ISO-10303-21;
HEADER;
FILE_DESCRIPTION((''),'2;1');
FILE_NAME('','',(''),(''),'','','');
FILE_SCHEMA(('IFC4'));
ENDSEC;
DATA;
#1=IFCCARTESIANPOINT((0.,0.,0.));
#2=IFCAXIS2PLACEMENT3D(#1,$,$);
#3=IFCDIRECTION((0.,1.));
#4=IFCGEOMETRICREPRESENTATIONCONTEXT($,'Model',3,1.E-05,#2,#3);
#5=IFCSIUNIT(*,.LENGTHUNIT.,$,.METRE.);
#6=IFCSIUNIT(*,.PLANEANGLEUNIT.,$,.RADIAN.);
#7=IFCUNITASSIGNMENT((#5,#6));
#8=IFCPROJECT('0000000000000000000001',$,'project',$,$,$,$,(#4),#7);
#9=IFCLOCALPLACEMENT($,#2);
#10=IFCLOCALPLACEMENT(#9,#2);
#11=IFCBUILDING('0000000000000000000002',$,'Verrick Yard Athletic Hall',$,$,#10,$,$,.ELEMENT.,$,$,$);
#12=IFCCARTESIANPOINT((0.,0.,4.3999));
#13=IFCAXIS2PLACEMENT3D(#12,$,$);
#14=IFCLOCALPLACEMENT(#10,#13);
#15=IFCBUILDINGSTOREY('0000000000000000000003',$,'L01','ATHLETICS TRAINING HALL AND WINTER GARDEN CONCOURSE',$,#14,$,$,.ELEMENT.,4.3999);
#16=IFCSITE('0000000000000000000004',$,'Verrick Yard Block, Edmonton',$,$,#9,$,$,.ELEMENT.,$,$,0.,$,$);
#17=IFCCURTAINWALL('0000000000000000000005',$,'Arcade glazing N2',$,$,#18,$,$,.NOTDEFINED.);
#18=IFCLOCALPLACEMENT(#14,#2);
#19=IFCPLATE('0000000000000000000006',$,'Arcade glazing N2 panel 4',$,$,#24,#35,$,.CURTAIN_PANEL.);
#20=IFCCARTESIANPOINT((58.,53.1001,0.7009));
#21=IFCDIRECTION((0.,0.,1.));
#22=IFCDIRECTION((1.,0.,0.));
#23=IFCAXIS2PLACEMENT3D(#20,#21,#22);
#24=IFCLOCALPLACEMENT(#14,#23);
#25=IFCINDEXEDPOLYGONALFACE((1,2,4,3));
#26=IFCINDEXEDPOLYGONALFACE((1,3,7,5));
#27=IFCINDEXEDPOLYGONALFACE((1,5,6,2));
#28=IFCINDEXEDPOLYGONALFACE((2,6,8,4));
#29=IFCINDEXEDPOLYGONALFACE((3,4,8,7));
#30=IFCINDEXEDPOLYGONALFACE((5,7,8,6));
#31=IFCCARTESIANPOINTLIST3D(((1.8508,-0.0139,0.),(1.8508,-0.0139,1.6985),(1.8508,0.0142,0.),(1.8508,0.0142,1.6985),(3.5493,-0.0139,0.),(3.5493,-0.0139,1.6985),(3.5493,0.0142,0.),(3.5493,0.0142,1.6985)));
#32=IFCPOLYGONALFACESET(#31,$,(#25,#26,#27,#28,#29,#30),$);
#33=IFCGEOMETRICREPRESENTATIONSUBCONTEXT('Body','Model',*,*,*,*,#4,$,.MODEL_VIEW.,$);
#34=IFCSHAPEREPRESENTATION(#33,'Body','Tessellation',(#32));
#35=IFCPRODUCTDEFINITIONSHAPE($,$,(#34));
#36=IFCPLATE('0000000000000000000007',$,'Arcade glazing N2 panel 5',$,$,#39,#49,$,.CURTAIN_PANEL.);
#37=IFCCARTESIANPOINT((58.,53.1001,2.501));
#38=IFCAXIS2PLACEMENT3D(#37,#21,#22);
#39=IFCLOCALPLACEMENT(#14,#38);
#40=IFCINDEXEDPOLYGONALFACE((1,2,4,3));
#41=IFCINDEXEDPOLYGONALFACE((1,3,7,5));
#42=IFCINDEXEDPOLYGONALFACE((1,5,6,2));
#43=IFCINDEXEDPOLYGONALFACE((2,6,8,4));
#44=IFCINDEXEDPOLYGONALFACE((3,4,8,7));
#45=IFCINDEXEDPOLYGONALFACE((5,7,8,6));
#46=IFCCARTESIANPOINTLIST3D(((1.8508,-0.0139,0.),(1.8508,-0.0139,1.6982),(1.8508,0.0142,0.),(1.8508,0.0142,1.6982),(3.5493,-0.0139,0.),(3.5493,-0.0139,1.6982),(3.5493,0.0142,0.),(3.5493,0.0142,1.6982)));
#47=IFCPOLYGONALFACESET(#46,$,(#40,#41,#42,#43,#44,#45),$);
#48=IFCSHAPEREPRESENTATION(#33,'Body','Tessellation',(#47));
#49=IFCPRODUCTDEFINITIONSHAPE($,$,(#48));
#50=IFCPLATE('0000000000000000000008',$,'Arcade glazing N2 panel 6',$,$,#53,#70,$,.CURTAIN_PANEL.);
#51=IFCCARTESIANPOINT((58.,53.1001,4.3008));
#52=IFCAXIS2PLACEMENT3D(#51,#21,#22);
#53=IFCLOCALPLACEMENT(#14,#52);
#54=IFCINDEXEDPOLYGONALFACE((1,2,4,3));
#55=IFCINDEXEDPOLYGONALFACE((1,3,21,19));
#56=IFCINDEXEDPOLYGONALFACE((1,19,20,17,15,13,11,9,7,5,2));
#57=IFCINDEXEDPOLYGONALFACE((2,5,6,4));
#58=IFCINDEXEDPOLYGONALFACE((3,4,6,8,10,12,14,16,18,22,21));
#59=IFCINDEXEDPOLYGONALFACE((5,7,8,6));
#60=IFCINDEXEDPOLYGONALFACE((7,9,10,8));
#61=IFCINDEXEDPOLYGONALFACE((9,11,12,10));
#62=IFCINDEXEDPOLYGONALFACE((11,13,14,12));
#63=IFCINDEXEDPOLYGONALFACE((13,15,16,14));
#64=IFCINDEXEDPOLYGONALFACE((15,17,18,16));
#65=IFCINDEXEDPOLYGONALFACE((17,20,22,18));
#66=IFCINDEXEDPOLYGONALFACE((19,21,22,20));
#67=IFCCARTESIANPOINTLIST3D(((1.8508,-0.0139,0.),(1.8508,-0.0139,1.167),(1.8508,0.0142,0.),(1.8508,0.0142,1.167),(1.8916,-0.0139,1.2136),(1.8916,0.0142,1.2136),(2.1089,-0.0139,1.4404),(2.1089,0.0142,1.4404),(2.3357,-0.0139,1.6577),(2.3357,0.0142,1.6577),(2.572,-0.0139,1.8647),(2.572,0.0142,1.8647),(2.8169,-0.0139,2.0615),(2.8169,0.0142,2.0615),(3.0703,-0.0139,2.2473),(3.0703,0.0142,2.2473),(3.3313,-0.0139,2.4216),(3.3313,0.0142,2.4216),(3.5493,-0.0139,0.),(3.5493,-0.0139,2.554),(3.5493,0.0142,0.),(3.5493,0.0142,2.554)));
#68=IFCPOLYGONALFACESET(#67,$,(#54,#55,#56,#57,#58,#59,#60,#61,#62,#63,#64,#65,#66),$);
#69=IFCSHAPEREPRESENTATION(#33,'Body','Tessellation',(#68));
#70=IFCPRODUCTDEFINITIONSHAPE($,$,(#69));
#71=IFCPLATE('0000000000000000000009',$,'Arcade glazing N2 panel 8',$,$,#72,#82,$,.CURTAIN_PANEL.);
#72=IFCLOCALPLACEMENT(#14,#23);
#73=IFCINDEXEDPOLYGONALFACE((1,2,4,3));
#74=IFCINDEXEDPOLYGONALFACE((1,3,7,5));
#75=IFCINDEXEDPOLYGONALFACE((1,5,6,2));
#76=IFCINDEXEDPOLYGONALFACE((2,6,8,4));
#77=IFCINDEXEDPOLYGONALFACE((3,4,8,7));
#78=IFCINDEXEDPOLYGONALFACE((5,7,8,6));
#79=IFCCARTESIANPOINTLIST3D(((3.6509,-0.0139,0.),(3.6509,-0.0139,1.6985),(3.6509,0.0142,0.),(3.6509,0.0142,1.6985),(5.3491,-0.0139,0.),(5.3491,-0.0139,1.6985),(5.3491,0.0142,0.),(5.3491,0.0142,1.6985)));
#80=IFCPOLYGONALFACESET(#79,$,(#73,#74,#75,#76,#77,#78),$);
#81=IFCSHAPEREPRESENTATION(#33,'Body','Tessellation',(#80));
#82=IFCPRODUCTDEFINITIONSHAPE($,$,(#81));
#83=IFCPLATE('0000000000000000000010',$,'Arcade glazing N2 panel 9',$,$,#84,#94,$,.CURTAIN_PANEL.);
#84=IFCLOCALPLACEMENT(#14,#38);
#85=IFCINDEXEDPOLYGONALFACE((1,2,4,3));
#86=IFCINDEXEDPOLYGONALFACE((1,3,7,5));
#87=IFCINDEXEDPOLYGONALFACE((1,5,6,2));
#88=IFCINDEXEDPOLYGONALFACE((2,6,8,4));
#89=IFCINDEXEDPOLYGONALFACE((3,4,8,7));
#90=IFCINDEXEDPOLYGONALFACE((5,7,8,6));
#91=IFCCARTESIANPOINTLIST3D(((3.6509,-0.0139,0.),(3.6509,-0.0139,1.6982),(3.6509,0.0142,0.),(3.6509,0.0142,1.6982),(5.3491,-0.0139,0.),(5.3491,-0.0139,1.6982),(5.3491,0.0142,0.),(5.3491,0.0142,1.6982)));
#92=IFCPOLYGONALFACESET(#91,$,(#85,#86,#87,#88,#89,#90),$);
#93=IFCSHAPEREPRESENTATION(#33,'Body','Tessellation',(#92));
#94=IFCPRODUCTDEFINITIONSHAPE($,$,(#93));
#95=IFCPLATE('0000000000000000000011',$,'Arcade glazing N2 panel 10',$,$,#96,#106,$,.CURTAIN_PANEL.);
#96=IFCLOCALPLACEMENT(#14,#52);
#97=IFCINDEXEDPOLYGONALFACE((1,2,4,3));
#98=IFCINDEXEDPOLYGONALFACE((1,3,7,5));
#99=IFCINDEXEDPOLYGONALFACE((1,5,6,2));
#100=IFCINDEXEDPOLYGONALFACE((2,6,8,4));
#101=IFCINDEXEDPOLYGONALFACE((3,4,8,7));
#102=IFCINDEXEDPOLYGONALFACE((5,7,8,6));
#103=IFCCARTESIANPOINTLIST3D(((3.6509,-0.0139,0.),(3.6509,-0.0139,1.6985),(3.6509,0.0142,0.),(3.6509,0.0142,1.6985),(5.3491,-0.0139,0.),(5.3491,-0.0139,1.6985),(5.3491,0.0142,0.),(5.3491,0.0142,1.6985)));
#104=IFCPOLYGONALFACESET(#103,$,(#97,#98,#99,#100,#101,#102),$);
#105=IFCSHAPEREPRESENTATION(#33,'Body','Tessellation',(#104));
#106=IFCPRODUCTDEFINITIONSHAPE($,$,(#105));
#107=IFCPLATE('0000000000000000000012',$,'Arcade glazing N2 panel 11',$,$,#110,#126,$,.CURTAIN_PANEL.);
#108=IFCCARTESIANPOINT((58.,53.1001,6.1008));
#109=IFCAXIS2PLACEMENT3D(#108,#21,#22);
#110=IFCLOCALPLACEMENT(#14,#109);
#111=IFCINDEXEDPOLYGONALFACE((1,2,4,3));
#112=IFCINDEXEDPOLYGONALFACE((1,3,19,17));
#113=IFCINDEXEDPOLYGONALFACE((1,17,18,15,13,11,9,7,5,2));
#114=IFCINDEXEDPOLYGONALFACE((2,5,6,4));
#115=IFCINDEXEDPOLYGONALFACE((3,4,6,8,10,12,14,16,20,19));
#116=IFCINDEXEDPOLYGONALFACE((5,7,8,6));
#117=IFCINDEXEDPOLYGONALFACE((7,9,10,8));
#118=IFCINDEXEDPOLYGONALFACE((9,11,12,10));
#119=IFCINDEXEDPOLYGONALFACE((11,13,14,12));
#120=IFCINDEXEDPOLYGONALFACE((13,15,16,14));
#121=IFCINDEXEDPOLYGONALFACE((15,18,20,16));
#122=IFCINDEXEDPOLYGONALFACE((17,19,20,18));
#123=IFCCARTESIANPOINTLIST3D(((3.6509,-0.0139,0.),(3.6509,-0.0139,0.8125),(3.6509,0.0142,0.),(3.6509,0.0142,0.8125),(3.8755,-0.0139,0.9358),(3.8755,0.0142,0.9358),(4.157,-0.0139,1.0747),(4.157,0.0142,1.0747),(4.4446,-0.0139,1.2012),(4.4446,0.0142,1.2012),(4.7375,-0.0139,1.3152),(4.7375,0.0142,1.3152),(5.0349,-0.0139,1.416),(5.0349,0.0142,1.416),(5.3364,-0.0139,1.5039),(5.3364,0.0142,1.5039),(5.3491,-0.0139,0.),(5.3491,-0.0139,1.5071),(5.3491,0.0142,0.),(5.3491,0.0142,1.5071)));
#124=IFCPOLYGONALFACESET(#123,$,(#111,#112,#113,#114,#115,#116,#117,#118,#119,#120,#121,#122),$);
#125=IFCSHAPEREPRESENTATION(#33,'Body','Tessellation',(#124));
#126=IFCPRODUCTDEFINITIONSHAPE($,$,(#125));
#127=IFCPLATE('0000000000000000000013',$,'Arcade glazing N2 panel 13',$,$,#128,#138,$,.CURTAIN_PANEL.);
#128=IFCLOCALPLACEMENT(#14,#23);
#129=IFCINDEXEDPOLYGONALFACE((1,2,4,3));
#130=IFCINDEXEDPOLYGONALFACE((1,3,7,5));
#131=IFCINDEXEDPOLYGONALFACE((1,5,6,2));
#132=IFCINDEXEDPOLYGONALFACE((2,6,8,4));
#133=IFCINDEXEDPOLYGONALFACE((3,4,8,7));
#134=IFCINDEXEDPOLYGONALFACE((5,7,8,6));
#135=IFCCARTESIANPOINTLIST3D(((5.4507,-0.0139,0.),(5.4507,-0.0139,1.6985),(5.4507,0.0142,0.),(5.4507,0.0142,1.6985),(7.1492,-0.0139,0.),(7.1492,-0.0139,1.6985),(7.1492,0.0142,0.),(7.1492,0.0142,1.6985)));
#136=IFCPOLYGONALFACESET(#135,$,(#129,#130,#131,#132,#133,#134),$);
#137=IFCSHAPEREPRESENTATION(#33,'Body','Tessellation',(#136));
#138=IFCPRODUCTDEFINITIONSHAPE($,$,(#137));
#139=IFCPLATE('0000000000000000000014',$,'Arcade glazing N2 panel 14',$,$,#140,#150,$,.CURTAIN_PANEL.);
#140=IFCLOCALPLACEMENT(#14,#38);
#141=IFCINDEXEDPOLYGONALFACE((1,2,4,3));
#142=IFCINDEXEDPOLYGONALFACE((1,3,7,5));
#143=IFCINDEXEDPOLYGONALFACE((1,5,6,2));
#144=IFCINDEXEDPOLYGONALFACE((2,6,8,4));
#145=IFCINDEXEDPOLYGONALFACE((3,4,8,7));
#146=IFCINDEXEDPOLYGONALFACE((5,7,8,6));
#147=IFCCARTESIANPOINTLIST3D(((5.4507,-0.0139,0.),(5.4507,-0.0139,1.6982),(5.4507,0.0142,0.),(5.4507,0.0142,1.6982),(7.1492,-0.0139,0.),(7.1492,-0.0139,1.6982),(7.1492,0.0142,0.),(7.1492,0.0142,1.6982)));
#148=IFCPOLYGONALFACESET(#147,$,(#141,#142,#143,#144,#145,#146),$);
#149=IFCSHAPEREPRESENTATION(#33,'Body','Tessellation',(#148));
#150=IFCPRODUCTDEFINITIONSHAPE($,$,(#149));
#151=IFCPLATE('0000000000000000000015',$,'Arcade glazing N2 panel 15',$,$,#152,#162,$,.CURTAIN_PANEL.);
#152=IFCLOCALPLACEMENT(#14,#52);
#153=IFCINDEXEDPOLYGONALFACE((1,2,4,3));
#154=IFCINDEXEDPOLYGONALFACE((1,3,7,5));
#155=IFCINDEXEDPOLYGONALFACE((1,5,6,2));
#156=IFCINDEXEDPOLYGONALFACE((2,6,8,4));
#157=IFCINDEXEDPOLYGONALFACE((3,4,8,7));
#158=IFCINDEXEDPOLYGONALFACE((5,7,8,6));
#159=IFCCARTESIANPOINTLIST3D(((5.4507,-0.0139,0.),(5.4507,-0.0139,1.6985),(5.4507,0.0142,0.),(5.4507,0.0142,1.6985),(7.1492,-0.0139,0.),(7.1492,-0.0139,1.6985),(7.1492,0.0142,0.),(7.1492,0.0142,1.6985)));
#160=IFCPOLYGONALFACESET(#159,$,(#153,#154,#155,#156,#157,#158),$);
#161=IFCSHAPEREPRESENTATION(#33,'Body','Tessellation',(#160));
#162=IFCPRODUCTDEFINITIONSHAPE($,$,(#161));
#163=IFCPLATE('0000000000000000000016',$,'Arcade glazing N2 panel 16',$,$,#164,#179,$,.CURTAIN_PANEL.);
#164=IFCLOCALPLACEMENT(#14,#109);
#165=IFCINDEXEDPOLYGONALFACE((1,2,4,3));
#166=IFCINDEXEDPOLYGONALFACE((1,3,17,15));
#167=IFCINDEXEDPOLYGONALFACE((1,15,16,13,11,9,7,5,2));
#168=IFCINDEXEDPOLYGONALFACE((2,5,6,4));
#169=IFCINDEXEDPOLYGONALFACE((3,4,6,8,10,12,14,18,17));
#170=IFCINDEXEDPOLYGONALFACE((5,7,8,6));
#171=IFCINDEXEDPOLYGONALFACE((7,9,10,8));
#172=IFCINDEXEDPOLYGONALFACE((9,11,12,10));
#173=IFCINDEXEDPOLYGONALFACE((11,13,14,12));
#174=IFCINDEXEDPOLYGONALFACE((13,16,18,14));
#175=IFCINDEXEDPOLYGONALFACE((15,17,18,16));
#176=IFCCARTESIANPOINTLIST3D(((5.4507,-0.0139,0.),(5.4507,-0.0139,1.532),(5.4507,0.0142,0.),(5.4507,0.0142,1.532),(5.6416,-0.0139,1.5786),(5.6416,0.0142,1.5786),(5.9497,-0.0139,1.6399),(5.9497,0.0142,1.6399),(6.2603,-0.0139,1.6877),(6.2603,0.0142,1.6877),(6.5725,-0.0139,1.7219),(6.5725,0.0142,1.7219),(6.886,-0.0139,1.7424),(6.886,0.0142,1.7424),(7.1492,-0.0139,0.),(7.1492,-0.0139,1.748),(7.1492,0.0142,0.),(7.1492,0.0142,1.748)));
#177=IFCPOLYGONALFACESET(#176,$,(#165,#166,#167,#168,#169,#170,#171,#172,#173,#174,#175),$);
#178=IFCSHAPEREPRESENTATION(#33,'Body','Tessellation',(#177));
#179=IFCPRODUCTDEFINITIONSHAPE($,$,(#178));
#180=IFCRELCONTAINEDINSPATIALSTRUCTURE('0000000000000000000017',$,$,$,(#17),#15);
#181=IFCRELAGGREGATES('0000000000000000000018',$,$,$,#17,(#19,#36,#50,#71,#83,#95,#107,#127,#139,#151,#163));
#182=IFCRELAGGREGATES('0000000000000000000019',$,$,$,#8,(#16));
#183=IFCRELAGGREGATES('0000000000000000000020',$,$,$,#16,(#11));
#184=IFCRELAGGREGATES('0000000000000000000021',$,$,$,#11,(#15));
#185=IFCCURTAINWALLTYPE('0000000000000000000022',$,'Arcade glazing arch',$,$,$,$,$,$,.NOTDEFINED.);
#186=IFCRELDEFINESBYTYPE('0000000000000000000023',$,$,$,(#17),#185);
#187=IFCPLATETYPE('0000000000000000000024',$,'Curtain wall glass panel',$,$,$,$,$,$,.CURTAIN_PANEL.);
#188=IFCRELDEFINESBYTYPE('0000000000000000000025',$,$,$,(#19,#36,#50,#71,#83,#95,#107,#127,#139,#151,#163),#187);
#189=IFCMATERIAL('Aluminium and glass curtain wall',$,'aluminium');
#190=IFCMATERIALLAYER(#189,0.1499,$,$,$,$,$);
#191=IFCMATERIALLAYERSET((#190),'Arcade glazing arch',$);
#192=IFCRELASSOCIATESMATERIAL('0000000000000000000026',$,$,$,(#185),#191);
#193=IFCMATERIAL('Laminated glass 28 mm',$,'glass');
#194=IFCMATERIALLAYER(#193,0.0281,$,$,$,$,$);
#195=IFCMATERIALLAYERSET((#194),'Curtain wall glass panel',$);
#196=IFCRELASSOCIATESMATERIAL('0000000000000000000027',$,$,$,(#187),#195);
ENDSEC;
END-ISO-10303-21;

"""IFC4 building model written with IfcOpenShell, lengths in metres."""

from ifc_helpers import new_model, si_unit, direction, frame, origin, place, context, subcontext, project, spatial, polyline, outline, extrude, material, layer, layer_set, type_object, element, aggregate, save


model = new_model("IFC4")

# Units and contexts
model_context = context("Model", 3, precision=1e-05, world=origin(), true_north=direction((0.0, 1.0)))
body_context = subcontext(model_context, "Body", "Model", "MODEL_VIEW")
ifc_project = project(units=[si_unit("LENGTHUNIT", "METRE"), si_unit("PLANEANGLEUNIT", "RADIAN")], contexts=[model_context])

# Site, building, storey
site_placement = place(None, origin())
site = spatial("IfcSite", under=ifc_project, at=site_placement, Name="Verrick Yard Block, Edmonton", CompositionType="ELEMENT", RefElevation=0.0)
building_placement = place(site_placement, origin())
building = spatial("IfcBuilding", under=site, at=building_placement, Name="Verrick Yard Athletic Hall", CompositionType="ELEMENT")
storey_placement = place(building_placement, frame((0.0, 0.0, 4.3999)))
storey = spatial("IfcBuildingStorey", under=building, at=storey_placement, Name="L01", Description="ATHLETICS TRAINING HALL AND WINTER GARDEN CONCOURSE", CompositionType="ELEMENT", Elevation=4.3999)

# Curtain wall, plates
ifc_material_1 = material(Name="Aluminium and glass curtain wall", Category="aluminium")
ifc_layer_1 = layer(ifc_material_1, 0.1499)
ifc_layer_set_1 = layer_set([ifc_layer_1], Name="Arcade glazing arch")
curtain_wall_type = type_object("IfcCurtainWallType", Name="Arcade glazing arch", PredefinedType="NOTDEFINED", material=ifc_layer_set_1)
curtain_wall_placement = place(storey_placement, origin())
curtain_wall = element("IfcCurtainWall", 1, at=curtain_wall_placement, inside=storey, type_object=curtain_wall_type, Name="Arcade glazing N2", PredefinedType="NOTDEFINED")
ifc_material_2 = material(Name="Laminated glass 28 mm", Category="glass")
ifc_layer_2 = layer(ifc_material_2, 0.0281)
ifc_layer_set_2 = layer_set([ifc_layer_2], Name="Curtain wall glass panel")
plate_type = type_object("IfcPlateType", Name="Curtain wall glass panel", PredefinedType="CURTAIN_PANEL", material=ifc_layer_set_2)
plate_1_placement = place(storey_placement, frame((58.0, 53.1001, 0.7009), z_axis=(0.0, 0.0, 1.0), x_axis=(1.0, 0.0, 0.0)))
plate_1 = element("IfcPlate", 2, at=plate_1_placement, type_object=plate_type, Name="Arcade glazing N2 panel 4", PredefinedType="CURTAIN_PANEL", context=body_context, shape_type="SweptSolid", body=[
    extrude(outline(polyline([(3.5493, 0.0), (3.5493, 1.6985), (1.8508, 1.6985), (1.8508, 0.0), (3.5493, 0.0)])), frame((0.0, 0.0142, 0.0), z_axis=(0.0, -1.0, 0.0), x_axis=(1.0, 0.0, 0.0)), (0.0, 0.0, 1.0), 0.0281),
])
plate_2_placement = place(storey_placement, frame((58.0, 53.1001, 2.501), z_axis=(0.0, 0.0, 1.0), x_axis=(1.0, 0.0, 0.0)))
plate_2 = element("IfcPlate", 3, at=plate_2_placement, type_object=plate_type, Name="Arcade glazing N2 panel 5", PredefinedType="CURTAIN_PANEL", context=body_context, shape_type="SweptSolid", body=[
    extrude(outline(polyline([(3.5493, 0.0), (3.5493, 1.6982), (1.8508, 1.6982), (1.8508, 0.0), (3.5493, 0.0)])), frame((0.0, 0.0142, 0.0), z_axis=(0.0, -1.0, 0.0), x_axis=(1.0, 0.0, 0.0)), (0.0, 0.0, 1.0), 0.0281),
])
plate_3_placement = place(storey_placement, frame((58.0, 53.1001, 4.3008), z_axis=(0.0, 0.0, 1.0), x_axis=(1.0, 0.0, 0.0)))
plate_3 = element("IfcPlate", 4, at=plate_3_placement, type_object=plate_type, Name="Arcade glazing N2 panel 6", PredefinedType="CURTAIN_PANEL", context=body_context, shape_type="SweptSolid", body=[
    extrude(outline(polyline([(3.5493, 2.554), (3.3313, 2.4216), (3.0703, 2.2473), (2.8169, 2.0615), (2.572, 1.8647), (2.3357, 1.6577), (2.1089, 1.4404), (1.8916, 1.2136), (1.8508, 1.167), (1.8508, 0.0), (3.5493, 0.0), (3.5493, 2.554)])), frame((0.0, 0.0142, 0.0), z_axis=(0.0, -1.0, 0.0), x_axis=(1.0, 0.0, 0.0)), (0.0, 0.0, 1.0), 0.0281),
])
plate_4_placement = place(storey_placement, frame((58.0, 53.1001, 0.7009), z_axis=(0.0, 0.0, 1.0), x_axis=(1.0, 0.0, 0.0)))
plate_4 = element("IfcPlate", 5, at=plate_4_placement, type_object=plate_type, Name="Arcade glazing N2 panel 8", PredefinedType="CURTAIN_PANEL", context=body_context, shape_type="SweptSolid", body=[
    extrude(outline(polyline([(5.3491, 0.0), (5.3491, 1.6985), (3.6509, 1.6985), (3.6509, 0.0), (5.3491, 0.0)])), frame((0.0, 0.0142, 0.0), z_axis=(0.0, -1.0, 0.0), x_axis=(1.0, 0.0, 0.0)), (0.0, 0.0, 1.0), 0.0281),
])
plate_5_placement = place(storey_placement, frame((58.0, 53.1001, 2.501), z_axis=(0.0, 0.0, 1.0), x_axis=(1.0, 0.0, 0.0)))
plate_5 = element("IfcPlate", 6, at=plate_5_placement, type_object=plate_type, Name="Arcade glazing N2 panel 9", PredefinedType="CURTAIN_PANEL", context=body_context, shape_type="SweptSolid", body=[
    extrude(outline(polyline([(5.3491, 0.0), (5.3491, 1.6982), (3.6509, 1.6982), (3.6509, 0.0), (5.3491, 0.0)])), frame((0.0, 0.0142, 0.0), z_axis=(0.0, -1.0, 0.0), x_axis=(1.0, 0.0, 0.0)), (0.0, 0.0, 1.0), 0.0281),
])
plate_6_placement = place(storey_placement, frame((58.0, 53.1001, 4.3008), z_axis=(0.0, 0.0, 1.0), x_axis=(1.0, 0.0, 0.0)))
plate_6 = element("IfcPlate", 7, at=plate_6_placement, type_object=plate_type, Name="Arcade glazing N2 panel 10", PredefinedType="CURTAIN_PANEL", context=body_context, shape_type="SweptSolid", body=[
    extrude(outline(polyline([(5.3491, 0.0), (5.3491, 1.6985), (3.6509, 1.6985), (3.6509, 0.0), (5.3491, 0.0)])), frame((0.0, 0.0142, 0.0), z_axis=(0.0, -1.0, 0.0), x_axis=(1.0, 0.0, 0.0)), (0.0, 0.0, 1.0), 0.0281),
])
plate_7_placement = place(storey_placement, frame((58.0, 53.1001, 6.1008), z_axis=(0.0, 0.0, 1.0), x_axis=(1.0, 0.0, 0.0)))
plate_7 = element("IfcPlate", 8, at=plate_7_placement, type_object=plate_type, Name="Arcade glazing N2 panel 11", PredefinedType="CURTAIN_PANEL", context=body_context, shape_type="SweptSolid", body=[
    extrude(outline(polyline([(5.3491, 1.5071), (5.3364, 1.5039), (5.0349, 1.416), (4.7375, 1.3152), (4.4446, 1.2012), (4.157, 1.0747), (3.8755, 0.9358), (3.6509, 0.8125), (3.6509, 0.0), (5.3491, 0.0), (5.3491, 1.5071)])), frame((0.0, 0.0142, 0.0), z_axis=(0.0, -1.0, 0.0), x_axis=(1.0, 0.0, 0.0)), (0.0, 0.0, 1.0), 0.0281),
])
plate_8_placement = place(storey_placement, frame((58.0, 53.1001, 0.7009), z_axis=(0.0, 0.0, 1.0), x_axis=(1.0, 0.0, 0.0)))
plate_8 = element("IfcPlate", 9, at=plate_8_placement, type_object=plate_type, Name="Arcade glazing N2 panel 13", PredefinedType="CURTAIN_PANEL", context=body_context, shape_type="SweptSolid", body=[
    extrude(outline(polyline([(7.1492, 0.0), (7.1492, 1.6985), (5.4507, 1.6985), (5.4507, 0.0), (7.1492, 0.0)])), frame((0.0, 0.0142, 0.0), z_axis=(0.0, -1.0, 0.0), x_axis=(1.0, 0.0, 0.0)), (0.0, 0.0, 1.0), 0.0281),
])
plate_9_placement = place(storey_placement, frame((58.0, 53.1001, 2.501), z_axis=(0.0, 0.0, 1.0), x_axis=(1.0, 0.0, 0.0)))
plate_9 = element("IfcPlate", 10, at=plate_9_placement, type_object=plate_type, Name="Arcade glazing N2 panel 14", PredefinedType="CURTAIN_PANEL", context=body_context, shape_type="SweptSolid", body=[
    extrude(outline(polyline([(7.1492, 0.0), (7.1492, 1.6982), (5.4507, 1.6982), (5.4507, 0.0), (7.1492, 0.0)])), frame((0.0, 0.0142, 0.0), z_axis=(0.0, -1.0, 0.0), x_axis=(1.0, 0.0, 0.0)), (0.0, 0.0, 1.0), 0.0281),
])
plate_10_placement = place(storey_placement, frame((58.0, 53.1001, 4.3008), z_axis=(0.0, 0.0, 1.0), x_axis=(1.0, 0.0, 0.0)))
plate_10 = element("IfcPlate", 11, at=plate_10_placement, type_object=plate_type, Name="Arcade glazing N2 panel 15", PredefinedType="CURTAIN_PANEL", context=body_context, shape_type="SweptSolid", body=[
    extrude(outline(polyline([(7.1492, 0.0), (7.1492, 1.6985), (5.4507, 1.6985), (5.4507, 0.0), (7.1492, 0.0)])), frame((0.0, 0.0142, 0.0), z_axis=(0.0, -1.0, 0.0), x_axis=(1.0, 0.0, 0.0)), (0.0, 0.0, 1.0), 0.0281),
])
plate_11_placement = place(storey_placement, frame((58.0, 53.1001, 6.1008), z_axis=(0.0, 0.0, 1.0), x_axis=(1.0, 0.0, 0.0)))
plate_11 = element("IfcPlate", 12, at=plate_11_placement, type_object=plate_type, Name="Arcade glazing N2 panel 16", PredefinedType="CURTAIN_PANEL", context=body_context, shape_type="SweptSolid", body=[
    extrude(outline(polyline([(7.1492, 1.748), (6.886, 1.7424), (6.5725, 1.7219), (6.2603, 1.6877), (5.9497, 1.6399), (5.6416, 1.5786), (5.4507, 1.532), (5.4507, 0.0), (7.1492, 0.0), (7.1492, 1.748)])), frame((0.0, 0.0142, 0.0), z_axis=(0.0, -1.0, 0.0), x_axis=(1.0, 0.0, 0.0)), (0.0, 0.0, 1.0), 0.0281),
])
aggregate(curtain_wall, [plate_1, plate_2, plate_3, plate_4, plate_5, plate_6, plate_7, plate_8, plate_9, plate_10, plate_11])

save(model, "model.ifc")
